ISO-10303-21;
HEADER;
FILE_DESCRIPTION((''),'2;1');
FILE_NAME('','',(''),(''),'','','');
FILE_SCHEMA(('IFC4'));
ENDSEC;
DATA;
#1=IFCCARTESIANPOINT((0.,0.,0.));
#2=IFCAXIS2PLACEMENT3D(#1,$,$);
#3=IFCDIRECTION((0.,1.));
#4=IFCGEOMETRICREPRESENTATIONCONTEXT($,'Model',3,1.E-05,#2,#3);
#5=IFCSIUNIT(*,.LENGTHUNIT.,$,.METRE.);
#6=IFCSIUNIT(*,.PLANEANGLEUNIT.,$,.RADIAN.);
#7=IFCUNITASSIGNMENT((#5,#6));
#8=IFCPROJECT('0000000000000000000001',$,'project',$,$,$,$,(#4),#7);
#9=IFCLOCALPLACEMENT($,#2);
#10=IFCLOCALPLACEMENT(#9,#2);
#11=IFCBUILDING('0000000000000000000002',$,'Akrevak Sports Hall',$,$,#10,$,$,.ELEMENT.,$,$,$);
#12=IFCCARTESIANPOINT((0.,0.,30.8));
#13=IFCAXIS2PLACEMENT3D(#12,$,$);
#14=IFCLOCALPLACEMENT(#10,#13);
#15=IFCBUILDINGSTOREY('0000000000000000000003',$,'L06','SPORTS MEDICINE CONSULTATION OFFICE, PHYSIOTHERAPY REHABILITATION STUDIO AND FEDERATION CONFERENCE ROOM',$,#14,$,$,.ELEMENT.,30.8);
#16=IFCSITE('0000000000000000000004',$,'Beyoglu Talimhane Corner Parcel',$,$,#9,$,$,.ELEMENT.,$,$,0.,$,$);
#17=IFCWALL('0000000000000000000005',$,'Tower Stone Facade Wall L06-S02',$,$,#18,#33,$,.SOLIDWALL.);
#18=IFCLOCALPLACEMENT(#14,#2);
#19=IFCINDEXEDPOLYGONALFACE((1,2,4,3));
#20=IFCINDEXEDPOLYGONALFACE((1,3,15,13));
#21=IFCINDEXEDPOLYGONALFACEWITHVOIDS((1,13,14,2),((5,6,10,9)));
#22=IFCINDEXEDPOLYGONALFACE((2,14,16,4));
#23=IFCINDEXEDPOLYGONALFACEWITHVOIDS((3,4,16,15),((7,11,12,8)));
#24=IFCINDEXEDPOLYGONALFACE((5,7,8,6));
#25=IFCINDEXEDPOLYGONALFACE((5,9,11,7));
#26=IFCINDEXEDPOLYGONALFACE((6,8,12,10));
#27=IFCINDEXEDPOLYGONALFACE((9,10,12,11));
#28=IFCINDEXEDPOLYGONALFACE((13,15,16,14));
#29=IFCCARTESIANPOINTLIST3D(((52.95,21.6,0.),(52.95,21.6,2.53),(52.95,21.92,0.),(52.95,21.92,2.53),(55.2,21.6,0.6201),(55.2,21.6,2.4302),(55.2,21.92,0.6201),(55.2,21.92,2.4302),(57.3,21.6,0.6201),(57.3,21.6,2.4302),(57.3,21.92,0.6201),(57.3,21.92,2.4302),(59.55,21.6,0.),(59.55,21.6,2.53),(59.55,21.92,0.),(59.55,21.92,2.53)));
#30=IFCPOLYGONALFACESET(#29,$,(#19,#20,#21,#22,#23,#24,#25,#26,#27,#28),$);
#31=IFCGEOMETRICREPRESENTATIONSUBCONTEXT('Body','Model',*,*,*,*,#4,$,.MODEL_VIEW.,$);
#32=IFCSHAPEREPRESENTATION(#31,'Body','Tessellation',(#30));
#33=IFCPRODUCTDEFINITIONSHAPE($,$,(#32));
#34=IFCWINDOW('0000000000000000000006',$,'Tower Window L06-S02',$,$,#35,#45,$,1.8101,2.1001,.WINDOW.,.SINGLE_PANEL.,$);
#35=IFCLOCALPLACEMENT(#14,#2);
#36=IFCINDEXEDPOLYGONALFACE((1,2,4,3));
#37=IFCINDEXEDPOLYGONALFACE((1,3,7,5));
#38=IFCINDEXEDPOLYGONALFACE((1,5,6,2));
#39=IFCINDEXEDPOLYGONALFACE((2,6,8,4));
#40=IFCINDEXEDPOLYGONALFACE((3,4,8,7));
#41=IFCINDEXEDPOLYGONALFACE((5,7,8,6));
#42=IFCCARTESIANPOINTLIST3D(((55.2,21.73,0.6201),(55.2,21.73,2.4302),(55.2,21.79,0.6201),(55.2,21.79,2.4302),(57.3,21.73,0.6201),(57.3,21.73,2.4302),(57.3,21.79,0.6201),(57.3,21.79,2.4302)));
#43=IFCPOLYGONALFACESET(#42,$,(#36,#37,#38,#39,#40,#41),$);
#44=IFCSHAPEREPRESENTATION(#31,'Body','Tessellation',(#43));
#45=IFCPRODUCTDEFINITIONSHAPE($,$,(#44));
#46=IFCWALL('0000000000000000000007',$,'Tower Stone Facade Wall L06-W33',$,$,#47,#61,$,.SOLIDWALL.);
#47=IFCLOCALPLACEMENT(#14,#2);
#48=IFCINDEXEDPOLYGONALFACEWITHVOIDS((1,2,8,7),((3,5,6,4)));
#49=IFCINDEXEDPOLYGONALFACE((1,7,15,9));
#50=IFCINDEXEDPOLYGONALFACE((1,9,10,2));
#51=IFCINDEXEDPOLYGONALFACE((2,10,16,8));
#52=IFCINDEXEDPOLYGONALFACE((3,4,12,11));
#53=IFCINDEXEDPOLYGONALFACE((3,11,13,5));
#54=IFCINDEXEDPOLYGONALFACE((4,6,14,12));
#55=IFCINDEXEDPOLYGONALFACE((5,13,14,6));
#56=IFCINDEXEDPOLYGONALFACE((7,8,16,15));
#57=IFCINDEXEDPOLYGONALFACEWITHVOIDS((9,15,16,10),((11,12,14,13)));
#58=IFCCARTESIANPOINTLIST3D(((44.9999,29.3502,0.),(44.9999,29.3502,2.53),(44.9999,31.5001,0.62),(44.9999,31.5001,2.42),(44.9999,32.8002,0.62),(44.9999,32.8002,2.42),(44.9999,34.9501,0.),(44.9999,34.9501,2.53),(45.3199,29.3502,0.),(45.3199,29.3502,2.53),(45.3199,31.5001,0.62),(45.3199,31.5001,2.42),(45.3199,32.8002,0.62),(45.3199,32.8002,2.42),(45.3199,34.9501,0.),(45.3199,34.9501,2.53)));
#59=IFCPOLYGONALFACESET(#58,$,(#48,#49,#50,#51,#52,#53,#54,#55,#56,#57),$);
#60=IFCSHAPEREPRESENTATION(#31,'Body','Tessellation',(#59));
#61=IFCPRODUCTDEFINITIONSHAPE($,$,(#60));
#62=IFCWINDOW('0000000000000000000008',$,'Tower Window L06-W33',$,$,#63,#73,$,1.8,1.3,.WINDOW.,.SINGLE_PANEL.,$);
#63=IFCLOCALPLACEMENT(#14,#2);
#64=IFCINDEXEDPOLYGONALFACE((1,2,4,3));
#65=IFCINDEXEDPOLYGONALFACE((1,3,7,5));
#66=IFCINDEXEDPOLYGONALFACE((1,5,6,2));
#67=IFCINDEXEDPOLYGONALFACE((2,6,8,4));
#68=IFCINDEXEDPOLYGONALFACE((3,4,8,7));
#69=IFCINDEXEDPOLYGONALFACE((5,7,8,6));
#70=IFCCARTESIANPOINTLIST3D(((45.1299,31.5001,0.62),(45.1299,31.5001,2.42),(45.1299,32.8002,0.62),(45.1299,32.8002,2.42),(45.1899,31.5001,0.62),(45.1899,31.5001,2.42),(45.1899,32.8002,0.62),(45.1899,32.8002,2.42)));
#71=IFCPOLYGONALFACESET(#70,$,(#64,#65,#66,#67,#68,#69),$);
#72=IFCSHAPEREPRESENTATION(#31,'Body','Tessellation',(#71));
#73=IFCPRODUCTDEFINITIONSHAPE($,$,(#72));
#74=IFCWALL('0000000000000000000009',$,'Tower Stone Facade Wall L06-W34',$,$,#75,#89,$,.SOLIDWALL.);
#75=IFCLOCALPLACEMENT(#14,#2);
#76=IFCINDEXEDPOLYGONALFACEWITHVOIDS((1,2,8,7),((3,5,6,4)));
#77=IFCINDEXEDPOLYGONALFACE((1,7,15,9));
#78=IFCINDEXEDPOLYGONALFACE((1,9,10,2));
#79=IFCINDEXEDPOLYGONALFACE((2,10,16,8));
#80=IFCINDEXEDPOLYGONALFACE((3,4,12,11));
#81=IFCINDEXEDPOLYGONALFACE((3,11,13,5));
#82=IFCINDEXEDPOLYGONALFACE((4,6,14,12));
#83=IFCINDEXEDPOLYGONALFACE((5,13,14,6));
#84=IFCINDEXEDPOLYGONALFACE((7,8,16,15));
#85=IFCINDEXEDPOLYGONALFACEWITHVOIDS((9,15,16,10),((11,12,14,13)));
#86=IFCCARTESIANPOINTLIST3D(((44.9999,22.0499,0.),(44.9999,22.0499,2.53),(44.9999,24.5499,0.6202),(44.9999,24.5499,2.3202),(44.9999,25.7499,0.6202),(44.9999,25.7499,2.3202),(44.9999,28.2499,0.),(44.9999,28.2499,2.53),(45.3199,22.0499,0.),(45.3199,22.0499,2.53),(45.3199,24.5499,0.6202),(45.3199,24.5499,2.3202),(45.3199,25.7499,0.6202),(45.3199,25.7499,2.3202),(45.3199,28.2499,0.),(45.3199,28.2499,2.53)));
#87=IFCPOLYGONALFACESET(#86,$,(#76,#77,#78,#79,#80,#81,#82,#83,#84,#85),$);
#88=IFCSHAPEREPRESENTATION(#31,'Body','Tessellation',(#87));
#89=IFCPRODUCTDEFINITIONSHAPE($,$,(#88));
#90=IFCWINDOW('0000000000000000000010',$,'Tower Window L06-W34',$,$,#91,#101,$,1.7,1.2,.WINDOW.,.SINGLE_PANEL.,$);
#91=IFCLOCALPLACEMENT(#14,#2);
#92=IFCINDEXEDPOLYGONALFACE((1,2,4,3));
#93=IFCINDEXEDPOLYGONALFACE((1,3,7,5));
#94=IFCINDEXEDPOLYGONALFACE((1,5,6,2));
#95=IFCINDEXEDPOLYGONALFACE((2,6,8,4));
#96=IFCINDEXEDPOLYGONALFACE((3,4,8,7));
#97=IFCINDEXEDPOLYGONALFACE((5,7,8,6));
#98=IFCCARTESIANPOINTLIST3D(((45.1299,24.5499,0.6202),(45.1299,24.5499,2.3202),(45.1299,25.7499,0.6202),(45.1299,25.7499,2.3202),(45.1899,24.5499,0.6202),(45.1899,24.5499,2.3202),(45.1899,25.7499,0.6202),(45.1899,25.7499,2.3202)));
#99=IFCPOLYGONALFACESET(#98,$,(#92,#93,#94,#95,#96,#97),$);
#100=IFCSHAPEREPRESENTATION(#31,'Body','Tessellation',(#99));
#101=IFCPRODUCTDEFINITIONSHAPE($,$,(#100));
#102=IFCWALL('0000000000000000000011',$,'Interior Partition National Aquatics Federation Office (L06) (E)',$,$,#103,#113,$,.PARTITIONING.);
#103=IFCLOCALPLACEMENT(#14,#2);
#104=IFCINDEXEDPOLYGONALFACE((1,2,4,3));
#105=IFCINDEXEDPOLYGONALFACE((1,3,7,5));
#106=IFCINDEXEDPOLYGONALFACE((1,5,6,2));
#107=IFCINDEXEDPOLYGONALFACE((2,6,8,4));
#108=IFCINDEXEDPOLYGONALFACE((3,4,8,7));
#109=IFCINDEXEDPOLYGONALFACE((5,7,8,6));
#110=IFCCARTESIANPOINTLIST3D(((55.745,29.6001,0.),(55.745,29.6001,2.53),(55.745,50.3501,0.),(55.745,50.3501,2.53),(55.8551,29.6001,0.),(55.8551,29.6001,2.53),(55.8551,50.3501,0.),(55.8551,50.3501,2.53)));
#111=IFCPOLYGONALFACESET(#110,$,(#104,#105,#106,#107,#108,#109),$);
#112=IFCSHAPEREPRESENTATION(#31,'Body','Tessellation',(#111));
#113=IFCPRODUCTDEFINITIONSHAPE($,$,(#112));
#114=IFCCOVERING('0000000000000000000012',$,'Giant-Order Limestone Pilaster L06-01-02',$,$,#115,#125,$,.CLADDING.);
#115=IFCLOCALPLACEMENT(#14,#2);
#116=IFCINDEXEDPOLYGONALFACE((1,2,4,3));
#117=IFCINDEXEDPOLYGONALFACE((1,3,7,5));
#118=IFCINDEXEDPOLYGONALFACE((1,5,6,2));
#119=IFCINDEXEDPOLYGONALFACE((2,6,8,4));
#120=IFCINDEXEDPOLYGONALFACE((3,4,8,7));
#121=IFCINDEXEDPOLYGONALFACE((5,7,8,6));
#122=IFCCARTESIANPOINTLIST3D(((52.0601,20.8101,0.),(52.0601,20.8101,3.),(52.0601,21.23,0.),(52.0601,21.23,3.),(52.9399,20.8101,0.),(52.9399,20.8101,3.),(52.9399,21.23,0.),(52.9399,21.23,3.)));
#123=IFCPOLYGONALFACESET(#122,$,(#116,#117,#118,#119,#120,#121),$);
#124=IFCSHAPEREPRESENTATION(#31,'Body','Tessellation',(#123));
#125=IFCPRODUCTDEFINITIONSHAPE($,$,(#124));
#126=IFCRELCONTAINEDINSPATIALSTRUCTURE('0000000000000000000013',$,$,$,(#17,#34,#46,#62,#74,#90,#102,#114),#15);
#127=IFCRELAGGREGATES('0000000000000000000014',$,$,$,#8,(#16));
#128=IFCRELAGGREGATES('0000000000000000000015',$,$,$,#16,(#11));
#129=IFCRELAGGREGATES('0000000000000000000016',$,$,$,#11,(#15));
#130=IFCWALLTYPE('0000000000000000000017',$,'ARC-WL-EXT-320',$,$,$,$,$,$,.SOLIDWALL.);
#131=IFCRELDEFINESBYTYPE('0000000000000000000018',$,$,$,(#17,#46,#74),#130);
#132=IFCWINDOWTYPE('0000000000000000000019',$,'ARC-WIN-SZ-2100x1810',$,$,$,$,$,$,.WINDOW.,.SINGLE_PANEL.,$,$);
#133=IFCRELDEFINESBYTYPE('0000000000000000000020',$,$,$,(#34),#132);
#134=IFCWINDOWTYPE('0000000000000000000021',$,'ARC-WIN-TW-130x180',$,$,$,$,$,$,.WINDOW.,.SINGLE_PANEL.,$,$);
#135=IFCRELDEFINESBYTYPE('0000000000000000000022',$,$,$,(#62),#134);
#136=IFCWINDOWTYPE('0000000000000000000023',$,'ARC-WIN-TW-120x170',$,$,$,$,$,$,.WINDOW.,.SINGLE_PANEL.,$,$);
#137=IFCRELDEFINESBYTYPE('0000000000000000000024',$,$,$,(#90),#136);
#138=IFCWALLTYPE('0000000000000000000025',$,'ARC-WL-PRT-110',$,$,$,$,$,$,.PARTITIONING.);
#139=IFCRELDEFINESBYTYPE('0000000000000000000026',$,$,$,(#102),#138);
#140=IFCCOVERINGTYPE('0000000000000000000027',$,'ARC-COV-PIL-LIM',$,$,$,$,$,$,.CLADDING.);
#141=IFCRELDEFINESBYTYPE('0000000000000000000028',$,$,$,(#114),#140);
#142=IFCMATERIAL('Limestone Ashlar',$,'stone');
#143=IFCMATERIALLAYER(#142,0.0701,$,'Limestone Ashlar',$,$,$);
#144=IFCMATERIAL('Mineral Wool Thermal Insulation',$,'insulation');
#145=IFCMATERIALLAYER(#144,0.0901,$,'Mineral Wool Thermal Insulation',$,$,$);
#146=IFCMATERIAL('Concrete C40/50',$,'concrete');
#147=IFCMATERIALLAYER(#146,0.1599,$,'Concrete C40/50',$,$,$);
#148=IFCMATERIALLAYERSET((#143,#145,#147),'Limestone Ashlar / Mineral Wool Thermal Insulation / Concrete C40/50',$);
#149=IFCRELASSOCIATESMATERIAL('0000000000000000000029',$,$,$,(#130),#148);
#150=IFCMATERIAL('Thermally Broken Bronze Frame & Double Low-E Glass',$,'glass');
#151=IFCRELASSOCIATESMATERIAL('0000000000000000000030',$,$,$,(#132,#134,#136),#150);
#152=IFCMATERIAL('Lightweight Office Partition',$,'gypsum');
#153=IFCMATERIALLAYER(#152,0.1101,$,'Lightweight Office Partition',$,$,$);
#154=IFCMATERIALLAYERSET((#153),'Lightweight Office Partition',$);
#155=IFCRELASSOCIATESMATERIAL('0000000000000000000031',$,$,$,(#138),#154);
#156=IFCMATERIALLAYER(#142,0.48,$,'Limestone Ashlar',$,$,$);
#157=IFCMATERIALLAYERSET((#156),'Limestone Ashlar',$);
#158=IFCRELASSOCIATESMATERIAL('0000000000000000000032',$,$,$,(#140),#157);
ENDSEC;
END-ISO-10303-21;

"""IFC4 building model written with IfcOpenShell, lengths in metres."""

from ifc_helpers import new_model, si_unit, direction, frame, frame_2d, origin, origin_2d, place, context, subcontext, project, spatial, rectangle, extrude, material, layer, layer_set, type_object, element, fill, save


model = new_model("IFC4")

# Units and contexts
model_context = context("Model", 3, precision=1e-05, world=origin(), true_north=direction((0.0, 1.0)))
body_context = subcontext(model_context, "Body", "Model", "MODEL_VIEW")
ifc_project = project(units=[si_unit("LENGTHUNIT", "METRE"), si_unit("PLANEANGLEUNIT", "RADIAN")], contexts=[model_context])

# Site, building, storey
site_placement = place(None, origin())
site = spatial("IfcSite", under=ifc_project, at=site_placement, Name="Beyoglu Talimhane Corner Parcel", CompositionType="ELEMENT", RefElevation=0.0)
building_placement = place(site_placement, origin())
building = spatial("IfcBuilding", under=site, at=building_placement, Name="Akrevak Sports Hall", CompositionType="ELEMENT")
storey_placement = place(building_placement, frame((0.0, 0.0, 30.8)))
storey = spatial("IfcBuildingStorey", under=building, at=storey_placement, Name="L06", Description="SPORTS MEDICINE CONSULTATION OFFICE, PHYSIOTHERAPY REHABILITATION STUDIO AND FEDERATION CONFERENCE ROOM", CompositionType="ELEMENT", Elevation=30.8)

# Shared definitions
ifc_material_1 = material(Name="Concrete C40/50", Category="concrete")

# Walls, openings, windows
ifc_material_2 = material(Name="Limestone Ashlar", Category="stone")
ifc_layer_1 = layer(ifc_material_2, 0.0701, Name="Limestone Ashlar")
ifc_material_3 = material(Name="Mineral Wool Thermal Insulation", Category="insulation")
ifc_layer_2 = layer(ifc_material_3, 0.0901, Name="Mineral Wool Thermal Insulation")
ifc_layer_3 = layer(ifc_material_1, 0.1599, Name="Concrete C40/50")
ifc_layer_set_1 = layer_set([ifc_layer_1, ifc_layer_2, ifc_layer_3], Name="Limestone Ashlar / Mineral Wool Thermal Insulation / Concrete C40/50")
wall_type_1 = type_object("IfcWallType", Name="ARC-WL-EXT-320", PredefinedType="SOLIDWALL", material=ifc_layer_set_1)
ifc_material_4 = material(Name="Thermally Broken Bronze Frame & Double Low-E Glass", Category="glass")
wall_1_placement = place(storey_placement, frame((52.95, 21.76, 0.0), z_axis=(0.0, 0.0, 1.0), x_axis=(1.0, 0.0, 0.0)))
wall_1 = element("IfcWall", 1, at=wall_1_placement, inside=storey, type_object=wall_type_1, Name="Tower Stone Facade Wall L06-S02", PredefinedType="SOLIDWALL", context=body_context, shape_type="SweptSolid", body=[
    extrude(rectangle(XDim=6.6001, YDim=0.3201, at=frame_2d((3.3, 0.0))), origin(), (0.0, 0.0, 1.0), 2.53),
])
opening_1_placement = place(wall_1_placement, frame((2.25, 0.0, 0.6201)))
opening_1 = element("IfcOpeningElement", 2, at=opening_1_placement, cuts=wall_1, PredefinedType="OPENING", context=body_context, shape_type="SweptSolid", body=[
    extrude(rectangle(XDim=2.1001, YDim=1.8101, at=frame_2d((1.05, 0.905))), frame((0.0, 0.1719, 0.0), z_axis=(0.0, -1.0, 0.0), x_axis=(1.0, 0.0, 0.0)), (0.0, 0.0, 1.0), 0.344),
])
window_type_1 = type_object("IfcWindowType", Name="ARC-WIN-SZ-2100x1810", PartitioningType="SINGLE_PANEL", PredefinedType="WINDOW", material=ifc_material_4)
window_1_placement = place(opening_1_placement, origin())
window_1 = element("IfcWindow", 3, at=window_1_placement, inside=storey, type_object=window_type_1, Name="Tower Window L06-S02", OverallHeight=1.8101, OverallWidth=2.1001, PartitioningType="SINGLE_PANEL", PredefinedType="WINDOW", context=body_context, shape_type="SweptSolid", body=[
    extrude(rectangle(XDim=2.1001, YDim=1.8101, at=frame_2d((1.05, 0.905))), frame((0.0, 0.03, 0.0), z_axis=(0.0, -1.0, 0.0), x_axis=(1.0, 0.0, 0.0)), (0.0, 0.0, 1.0), 0.0601),
])
fill(opening_1, window_1)
wall_2_placement = place(storey_placement, frame((45.1599, 34.95, 0.0), z_axis=(0.0, 0.0, 1.0), x_axis=(0.0, -1.0, 0.0)))
wall_2 = element("IfcWall", 4, at=wall_2_placement, inside=storey, type_object=wall_type_1, Name="Tower Stone Facade Wall L06-W33", PredefinedType="SOLIDWALL", context=body_context, shape_type="SweptSolid", body=[
    extrude(rectangle(XDim=5.5999, YDim=0.3201, at=frame_2d((2.7998, 0.0))), origin(), (0.0, 0.0, 1.0), 2.53),
])
opening_2_placement = place(wall_2_placement, frame((2.1499, 0.0, 0.6201)))
opening_2 = element("IfcOpeningElement", 5, at=opening_2_placement, cuts=wall_2, PredefinedType="OPENING", context=body_context, shape_type="SweptSolid", body=[
    extrude(rectangle(XDim=1.3, YDim=1.8, at=frame_2d((0.6499, 0.8999))), frame((0.0, 0.1719, 0.0), z_axis=(0.0, -1.0, 0.0), x_axis=(1.0, 0.0, 0.0)), (0.0, 0.0, 1.0), 0.344),
])
window_type_2 = type_object("IfcWindowType", Name="ARC-WIN-TW-130x180", PartitioningType="SINGLE_PANEL", PredefinedType="WINDOW", material=ifc_material_4)
window_2_placement = place(opening_2_placement, origin())
window_2 = element("IfcWindow", 6, at=window_2_placement, inside=storey, type_object=window_type_2, Name="Tower Window L06-W33", OverallHeight=1.8, OverallWidth=1.3, PartitioningType="SINGLE_PANEL", PredefinedType="WINDOW", context=body_context, shape_type="SweptSolid", body=[
    extrude(rectangle(XDim=1.3, YDim=1.8, at=frame_2d((0.6499, 0.8999))), frame((0.0, 0.03, 0.0), z_axis=(0.0, -1.0, 0.0), x_axis=(1.0, 0.0, 0.0)), (0.0, 0.0, 1.0), 0.0601),
])
fill(opening_2, window_2)
wall_3_placement = place(storey_placement, frame((45.1599, 28.25, 0.0), z_axis=(0.0, 0.0, 1.0), x_axis=(0.0, -1.0, 0.0)))
wall_3 = element("IfcWall", 7, at=wall_3_placement, inside=storey, type_object=wall_type_1, Name="Tower Stone Facade Wall L06-W34", PredefinedType="SOLIDWALL", context=body_context, shape_type="SweptSolid", body=[
    extrude(rectangle(XDim=6.2, YDim=0.3201, at=frame_2d((3.1001, 0.0))), origin(), (0.0, 0.0, 1.0), 2.53),
])
opening_3_placement = place(wall_3_placement, frame((2.5, 0.0, 0.6201)))
opening_3 = element("IfcOpeningElement", 8, at=opening_3_placement, cuts=wall_3, PredefinedType="OPENING", context=body_context, shape_type="SweptSolid", body=[
    extrude(rectangle(XDim=1.2, YDim=1.7, at=frame_2d((0.6001, 0.8501))), frame((0.0, 0.1719, 0.0), z_axis=(0.0, -1.0, 0.0), x_axis=(1.0, 0.0, 0.0)), (0.0, 0.0, 1.0), 0.344),
])
window_type_3 = type_object("IfcWindowType", Name="ARC-WIN-TW-120x170", PartitioningType="SINGLE_PANEL", PredefinedType="WINDOW", material=ifc_material_4)
window_3_placement = place(opening_3_placement, origin())
window_3 = element("IfcWindow", 9, at=window_3_placement, inside=storey, type_object=window_type_3, Name="Tower Window L06-W34", OverallHeight=1.7, OverallWidth=1.2, PartitioningType="SINGLE_PANEL", PredefinedType="WINDOW", context=body_context, shape_type="SweptSolid", body=[
    extrude(rectangle(XDim=1.2, YDim=1.7, at=frame_2d((0.6001, 0.8501))), frame((0.0, 0.03, 0.0), z_axis=(0.0, -1.0, 0.0), x_axis=(1.0, 0.0, 0.0)), (0.0, 0.0, 1.0), 0.0601),
])
fill(opening_3, window_3)

# Wall
ifc_material_5 = material(Name="Lightweight Office Partition", Category="gypsum")
ifc_layer_4 = layer(ifc_material_5, 0.1101, Name="Lightweight Office Partition")
ifc_layer_set_2 = layer_set([ifc_layer_4], Name="Lightweight Office Partition")
wall_type_2 = type_object("IfcWallType", Name="ARC-WL-PRT-110", PredefinedType="PARTITIONING", material=ifc_layer_set_2)
wall_4_placement = place(storey_placement, frame((55.8, 29.6001, 0.0), z_axis=(0.0, 0.0, 1.0), x_axis=(0.0, 1.0, 0.0)))
element("IfcWall", 10, at=wall_4_placement, inside=storey, type_object=wall_type_2, Name="Interior Partition National Aquatics Federation Office (L06) (E)", PredefinedType="PARTITIONING", context=body_context, shape_type="SweptSolid", body=[
    extrude(rectangle(XDim=20.75, YDim=0.1101, at=frame_2d((10.375, 0.0))), origin(), (0.0, 0.0, 1.0), 2.53),
])

# Covering
ifc_layer_5 = layer(ifc_material_2, 0.48, Name="Limestone Ashlar")
ifc_layer_set_3 = layer_set([ifc_layer_5], Name="Limestone Ashlar")
covering_type = type_object("IfcCoveringType", Name="ARC-COV-PIL-LIM", PredefinedType="CLADDING", material=ifc_layer_set_3)
covering_placement = place(storey_placement, frame((52.5, 21.02, 0.0), z_axis=(0.0, 0.0, 1.0), x_axis=(1.0, 0.0, 0.0)))
element("IfcCovering", 11, at=covering_placement, inside=storey, type_object=covering_type, Name="Giant-Order Limestone Pilaster L06-01-02", PredefinedType="CLADDING", context=body_context, shape_type="SweptSolid", body=[
    extrude(rectangle(XDim=0.8799, YDim=0.4199, at=origin_2d()), origin(), (0.0, 0.0, 1.0), 3.0),
])

save(model, "model.ifc")
